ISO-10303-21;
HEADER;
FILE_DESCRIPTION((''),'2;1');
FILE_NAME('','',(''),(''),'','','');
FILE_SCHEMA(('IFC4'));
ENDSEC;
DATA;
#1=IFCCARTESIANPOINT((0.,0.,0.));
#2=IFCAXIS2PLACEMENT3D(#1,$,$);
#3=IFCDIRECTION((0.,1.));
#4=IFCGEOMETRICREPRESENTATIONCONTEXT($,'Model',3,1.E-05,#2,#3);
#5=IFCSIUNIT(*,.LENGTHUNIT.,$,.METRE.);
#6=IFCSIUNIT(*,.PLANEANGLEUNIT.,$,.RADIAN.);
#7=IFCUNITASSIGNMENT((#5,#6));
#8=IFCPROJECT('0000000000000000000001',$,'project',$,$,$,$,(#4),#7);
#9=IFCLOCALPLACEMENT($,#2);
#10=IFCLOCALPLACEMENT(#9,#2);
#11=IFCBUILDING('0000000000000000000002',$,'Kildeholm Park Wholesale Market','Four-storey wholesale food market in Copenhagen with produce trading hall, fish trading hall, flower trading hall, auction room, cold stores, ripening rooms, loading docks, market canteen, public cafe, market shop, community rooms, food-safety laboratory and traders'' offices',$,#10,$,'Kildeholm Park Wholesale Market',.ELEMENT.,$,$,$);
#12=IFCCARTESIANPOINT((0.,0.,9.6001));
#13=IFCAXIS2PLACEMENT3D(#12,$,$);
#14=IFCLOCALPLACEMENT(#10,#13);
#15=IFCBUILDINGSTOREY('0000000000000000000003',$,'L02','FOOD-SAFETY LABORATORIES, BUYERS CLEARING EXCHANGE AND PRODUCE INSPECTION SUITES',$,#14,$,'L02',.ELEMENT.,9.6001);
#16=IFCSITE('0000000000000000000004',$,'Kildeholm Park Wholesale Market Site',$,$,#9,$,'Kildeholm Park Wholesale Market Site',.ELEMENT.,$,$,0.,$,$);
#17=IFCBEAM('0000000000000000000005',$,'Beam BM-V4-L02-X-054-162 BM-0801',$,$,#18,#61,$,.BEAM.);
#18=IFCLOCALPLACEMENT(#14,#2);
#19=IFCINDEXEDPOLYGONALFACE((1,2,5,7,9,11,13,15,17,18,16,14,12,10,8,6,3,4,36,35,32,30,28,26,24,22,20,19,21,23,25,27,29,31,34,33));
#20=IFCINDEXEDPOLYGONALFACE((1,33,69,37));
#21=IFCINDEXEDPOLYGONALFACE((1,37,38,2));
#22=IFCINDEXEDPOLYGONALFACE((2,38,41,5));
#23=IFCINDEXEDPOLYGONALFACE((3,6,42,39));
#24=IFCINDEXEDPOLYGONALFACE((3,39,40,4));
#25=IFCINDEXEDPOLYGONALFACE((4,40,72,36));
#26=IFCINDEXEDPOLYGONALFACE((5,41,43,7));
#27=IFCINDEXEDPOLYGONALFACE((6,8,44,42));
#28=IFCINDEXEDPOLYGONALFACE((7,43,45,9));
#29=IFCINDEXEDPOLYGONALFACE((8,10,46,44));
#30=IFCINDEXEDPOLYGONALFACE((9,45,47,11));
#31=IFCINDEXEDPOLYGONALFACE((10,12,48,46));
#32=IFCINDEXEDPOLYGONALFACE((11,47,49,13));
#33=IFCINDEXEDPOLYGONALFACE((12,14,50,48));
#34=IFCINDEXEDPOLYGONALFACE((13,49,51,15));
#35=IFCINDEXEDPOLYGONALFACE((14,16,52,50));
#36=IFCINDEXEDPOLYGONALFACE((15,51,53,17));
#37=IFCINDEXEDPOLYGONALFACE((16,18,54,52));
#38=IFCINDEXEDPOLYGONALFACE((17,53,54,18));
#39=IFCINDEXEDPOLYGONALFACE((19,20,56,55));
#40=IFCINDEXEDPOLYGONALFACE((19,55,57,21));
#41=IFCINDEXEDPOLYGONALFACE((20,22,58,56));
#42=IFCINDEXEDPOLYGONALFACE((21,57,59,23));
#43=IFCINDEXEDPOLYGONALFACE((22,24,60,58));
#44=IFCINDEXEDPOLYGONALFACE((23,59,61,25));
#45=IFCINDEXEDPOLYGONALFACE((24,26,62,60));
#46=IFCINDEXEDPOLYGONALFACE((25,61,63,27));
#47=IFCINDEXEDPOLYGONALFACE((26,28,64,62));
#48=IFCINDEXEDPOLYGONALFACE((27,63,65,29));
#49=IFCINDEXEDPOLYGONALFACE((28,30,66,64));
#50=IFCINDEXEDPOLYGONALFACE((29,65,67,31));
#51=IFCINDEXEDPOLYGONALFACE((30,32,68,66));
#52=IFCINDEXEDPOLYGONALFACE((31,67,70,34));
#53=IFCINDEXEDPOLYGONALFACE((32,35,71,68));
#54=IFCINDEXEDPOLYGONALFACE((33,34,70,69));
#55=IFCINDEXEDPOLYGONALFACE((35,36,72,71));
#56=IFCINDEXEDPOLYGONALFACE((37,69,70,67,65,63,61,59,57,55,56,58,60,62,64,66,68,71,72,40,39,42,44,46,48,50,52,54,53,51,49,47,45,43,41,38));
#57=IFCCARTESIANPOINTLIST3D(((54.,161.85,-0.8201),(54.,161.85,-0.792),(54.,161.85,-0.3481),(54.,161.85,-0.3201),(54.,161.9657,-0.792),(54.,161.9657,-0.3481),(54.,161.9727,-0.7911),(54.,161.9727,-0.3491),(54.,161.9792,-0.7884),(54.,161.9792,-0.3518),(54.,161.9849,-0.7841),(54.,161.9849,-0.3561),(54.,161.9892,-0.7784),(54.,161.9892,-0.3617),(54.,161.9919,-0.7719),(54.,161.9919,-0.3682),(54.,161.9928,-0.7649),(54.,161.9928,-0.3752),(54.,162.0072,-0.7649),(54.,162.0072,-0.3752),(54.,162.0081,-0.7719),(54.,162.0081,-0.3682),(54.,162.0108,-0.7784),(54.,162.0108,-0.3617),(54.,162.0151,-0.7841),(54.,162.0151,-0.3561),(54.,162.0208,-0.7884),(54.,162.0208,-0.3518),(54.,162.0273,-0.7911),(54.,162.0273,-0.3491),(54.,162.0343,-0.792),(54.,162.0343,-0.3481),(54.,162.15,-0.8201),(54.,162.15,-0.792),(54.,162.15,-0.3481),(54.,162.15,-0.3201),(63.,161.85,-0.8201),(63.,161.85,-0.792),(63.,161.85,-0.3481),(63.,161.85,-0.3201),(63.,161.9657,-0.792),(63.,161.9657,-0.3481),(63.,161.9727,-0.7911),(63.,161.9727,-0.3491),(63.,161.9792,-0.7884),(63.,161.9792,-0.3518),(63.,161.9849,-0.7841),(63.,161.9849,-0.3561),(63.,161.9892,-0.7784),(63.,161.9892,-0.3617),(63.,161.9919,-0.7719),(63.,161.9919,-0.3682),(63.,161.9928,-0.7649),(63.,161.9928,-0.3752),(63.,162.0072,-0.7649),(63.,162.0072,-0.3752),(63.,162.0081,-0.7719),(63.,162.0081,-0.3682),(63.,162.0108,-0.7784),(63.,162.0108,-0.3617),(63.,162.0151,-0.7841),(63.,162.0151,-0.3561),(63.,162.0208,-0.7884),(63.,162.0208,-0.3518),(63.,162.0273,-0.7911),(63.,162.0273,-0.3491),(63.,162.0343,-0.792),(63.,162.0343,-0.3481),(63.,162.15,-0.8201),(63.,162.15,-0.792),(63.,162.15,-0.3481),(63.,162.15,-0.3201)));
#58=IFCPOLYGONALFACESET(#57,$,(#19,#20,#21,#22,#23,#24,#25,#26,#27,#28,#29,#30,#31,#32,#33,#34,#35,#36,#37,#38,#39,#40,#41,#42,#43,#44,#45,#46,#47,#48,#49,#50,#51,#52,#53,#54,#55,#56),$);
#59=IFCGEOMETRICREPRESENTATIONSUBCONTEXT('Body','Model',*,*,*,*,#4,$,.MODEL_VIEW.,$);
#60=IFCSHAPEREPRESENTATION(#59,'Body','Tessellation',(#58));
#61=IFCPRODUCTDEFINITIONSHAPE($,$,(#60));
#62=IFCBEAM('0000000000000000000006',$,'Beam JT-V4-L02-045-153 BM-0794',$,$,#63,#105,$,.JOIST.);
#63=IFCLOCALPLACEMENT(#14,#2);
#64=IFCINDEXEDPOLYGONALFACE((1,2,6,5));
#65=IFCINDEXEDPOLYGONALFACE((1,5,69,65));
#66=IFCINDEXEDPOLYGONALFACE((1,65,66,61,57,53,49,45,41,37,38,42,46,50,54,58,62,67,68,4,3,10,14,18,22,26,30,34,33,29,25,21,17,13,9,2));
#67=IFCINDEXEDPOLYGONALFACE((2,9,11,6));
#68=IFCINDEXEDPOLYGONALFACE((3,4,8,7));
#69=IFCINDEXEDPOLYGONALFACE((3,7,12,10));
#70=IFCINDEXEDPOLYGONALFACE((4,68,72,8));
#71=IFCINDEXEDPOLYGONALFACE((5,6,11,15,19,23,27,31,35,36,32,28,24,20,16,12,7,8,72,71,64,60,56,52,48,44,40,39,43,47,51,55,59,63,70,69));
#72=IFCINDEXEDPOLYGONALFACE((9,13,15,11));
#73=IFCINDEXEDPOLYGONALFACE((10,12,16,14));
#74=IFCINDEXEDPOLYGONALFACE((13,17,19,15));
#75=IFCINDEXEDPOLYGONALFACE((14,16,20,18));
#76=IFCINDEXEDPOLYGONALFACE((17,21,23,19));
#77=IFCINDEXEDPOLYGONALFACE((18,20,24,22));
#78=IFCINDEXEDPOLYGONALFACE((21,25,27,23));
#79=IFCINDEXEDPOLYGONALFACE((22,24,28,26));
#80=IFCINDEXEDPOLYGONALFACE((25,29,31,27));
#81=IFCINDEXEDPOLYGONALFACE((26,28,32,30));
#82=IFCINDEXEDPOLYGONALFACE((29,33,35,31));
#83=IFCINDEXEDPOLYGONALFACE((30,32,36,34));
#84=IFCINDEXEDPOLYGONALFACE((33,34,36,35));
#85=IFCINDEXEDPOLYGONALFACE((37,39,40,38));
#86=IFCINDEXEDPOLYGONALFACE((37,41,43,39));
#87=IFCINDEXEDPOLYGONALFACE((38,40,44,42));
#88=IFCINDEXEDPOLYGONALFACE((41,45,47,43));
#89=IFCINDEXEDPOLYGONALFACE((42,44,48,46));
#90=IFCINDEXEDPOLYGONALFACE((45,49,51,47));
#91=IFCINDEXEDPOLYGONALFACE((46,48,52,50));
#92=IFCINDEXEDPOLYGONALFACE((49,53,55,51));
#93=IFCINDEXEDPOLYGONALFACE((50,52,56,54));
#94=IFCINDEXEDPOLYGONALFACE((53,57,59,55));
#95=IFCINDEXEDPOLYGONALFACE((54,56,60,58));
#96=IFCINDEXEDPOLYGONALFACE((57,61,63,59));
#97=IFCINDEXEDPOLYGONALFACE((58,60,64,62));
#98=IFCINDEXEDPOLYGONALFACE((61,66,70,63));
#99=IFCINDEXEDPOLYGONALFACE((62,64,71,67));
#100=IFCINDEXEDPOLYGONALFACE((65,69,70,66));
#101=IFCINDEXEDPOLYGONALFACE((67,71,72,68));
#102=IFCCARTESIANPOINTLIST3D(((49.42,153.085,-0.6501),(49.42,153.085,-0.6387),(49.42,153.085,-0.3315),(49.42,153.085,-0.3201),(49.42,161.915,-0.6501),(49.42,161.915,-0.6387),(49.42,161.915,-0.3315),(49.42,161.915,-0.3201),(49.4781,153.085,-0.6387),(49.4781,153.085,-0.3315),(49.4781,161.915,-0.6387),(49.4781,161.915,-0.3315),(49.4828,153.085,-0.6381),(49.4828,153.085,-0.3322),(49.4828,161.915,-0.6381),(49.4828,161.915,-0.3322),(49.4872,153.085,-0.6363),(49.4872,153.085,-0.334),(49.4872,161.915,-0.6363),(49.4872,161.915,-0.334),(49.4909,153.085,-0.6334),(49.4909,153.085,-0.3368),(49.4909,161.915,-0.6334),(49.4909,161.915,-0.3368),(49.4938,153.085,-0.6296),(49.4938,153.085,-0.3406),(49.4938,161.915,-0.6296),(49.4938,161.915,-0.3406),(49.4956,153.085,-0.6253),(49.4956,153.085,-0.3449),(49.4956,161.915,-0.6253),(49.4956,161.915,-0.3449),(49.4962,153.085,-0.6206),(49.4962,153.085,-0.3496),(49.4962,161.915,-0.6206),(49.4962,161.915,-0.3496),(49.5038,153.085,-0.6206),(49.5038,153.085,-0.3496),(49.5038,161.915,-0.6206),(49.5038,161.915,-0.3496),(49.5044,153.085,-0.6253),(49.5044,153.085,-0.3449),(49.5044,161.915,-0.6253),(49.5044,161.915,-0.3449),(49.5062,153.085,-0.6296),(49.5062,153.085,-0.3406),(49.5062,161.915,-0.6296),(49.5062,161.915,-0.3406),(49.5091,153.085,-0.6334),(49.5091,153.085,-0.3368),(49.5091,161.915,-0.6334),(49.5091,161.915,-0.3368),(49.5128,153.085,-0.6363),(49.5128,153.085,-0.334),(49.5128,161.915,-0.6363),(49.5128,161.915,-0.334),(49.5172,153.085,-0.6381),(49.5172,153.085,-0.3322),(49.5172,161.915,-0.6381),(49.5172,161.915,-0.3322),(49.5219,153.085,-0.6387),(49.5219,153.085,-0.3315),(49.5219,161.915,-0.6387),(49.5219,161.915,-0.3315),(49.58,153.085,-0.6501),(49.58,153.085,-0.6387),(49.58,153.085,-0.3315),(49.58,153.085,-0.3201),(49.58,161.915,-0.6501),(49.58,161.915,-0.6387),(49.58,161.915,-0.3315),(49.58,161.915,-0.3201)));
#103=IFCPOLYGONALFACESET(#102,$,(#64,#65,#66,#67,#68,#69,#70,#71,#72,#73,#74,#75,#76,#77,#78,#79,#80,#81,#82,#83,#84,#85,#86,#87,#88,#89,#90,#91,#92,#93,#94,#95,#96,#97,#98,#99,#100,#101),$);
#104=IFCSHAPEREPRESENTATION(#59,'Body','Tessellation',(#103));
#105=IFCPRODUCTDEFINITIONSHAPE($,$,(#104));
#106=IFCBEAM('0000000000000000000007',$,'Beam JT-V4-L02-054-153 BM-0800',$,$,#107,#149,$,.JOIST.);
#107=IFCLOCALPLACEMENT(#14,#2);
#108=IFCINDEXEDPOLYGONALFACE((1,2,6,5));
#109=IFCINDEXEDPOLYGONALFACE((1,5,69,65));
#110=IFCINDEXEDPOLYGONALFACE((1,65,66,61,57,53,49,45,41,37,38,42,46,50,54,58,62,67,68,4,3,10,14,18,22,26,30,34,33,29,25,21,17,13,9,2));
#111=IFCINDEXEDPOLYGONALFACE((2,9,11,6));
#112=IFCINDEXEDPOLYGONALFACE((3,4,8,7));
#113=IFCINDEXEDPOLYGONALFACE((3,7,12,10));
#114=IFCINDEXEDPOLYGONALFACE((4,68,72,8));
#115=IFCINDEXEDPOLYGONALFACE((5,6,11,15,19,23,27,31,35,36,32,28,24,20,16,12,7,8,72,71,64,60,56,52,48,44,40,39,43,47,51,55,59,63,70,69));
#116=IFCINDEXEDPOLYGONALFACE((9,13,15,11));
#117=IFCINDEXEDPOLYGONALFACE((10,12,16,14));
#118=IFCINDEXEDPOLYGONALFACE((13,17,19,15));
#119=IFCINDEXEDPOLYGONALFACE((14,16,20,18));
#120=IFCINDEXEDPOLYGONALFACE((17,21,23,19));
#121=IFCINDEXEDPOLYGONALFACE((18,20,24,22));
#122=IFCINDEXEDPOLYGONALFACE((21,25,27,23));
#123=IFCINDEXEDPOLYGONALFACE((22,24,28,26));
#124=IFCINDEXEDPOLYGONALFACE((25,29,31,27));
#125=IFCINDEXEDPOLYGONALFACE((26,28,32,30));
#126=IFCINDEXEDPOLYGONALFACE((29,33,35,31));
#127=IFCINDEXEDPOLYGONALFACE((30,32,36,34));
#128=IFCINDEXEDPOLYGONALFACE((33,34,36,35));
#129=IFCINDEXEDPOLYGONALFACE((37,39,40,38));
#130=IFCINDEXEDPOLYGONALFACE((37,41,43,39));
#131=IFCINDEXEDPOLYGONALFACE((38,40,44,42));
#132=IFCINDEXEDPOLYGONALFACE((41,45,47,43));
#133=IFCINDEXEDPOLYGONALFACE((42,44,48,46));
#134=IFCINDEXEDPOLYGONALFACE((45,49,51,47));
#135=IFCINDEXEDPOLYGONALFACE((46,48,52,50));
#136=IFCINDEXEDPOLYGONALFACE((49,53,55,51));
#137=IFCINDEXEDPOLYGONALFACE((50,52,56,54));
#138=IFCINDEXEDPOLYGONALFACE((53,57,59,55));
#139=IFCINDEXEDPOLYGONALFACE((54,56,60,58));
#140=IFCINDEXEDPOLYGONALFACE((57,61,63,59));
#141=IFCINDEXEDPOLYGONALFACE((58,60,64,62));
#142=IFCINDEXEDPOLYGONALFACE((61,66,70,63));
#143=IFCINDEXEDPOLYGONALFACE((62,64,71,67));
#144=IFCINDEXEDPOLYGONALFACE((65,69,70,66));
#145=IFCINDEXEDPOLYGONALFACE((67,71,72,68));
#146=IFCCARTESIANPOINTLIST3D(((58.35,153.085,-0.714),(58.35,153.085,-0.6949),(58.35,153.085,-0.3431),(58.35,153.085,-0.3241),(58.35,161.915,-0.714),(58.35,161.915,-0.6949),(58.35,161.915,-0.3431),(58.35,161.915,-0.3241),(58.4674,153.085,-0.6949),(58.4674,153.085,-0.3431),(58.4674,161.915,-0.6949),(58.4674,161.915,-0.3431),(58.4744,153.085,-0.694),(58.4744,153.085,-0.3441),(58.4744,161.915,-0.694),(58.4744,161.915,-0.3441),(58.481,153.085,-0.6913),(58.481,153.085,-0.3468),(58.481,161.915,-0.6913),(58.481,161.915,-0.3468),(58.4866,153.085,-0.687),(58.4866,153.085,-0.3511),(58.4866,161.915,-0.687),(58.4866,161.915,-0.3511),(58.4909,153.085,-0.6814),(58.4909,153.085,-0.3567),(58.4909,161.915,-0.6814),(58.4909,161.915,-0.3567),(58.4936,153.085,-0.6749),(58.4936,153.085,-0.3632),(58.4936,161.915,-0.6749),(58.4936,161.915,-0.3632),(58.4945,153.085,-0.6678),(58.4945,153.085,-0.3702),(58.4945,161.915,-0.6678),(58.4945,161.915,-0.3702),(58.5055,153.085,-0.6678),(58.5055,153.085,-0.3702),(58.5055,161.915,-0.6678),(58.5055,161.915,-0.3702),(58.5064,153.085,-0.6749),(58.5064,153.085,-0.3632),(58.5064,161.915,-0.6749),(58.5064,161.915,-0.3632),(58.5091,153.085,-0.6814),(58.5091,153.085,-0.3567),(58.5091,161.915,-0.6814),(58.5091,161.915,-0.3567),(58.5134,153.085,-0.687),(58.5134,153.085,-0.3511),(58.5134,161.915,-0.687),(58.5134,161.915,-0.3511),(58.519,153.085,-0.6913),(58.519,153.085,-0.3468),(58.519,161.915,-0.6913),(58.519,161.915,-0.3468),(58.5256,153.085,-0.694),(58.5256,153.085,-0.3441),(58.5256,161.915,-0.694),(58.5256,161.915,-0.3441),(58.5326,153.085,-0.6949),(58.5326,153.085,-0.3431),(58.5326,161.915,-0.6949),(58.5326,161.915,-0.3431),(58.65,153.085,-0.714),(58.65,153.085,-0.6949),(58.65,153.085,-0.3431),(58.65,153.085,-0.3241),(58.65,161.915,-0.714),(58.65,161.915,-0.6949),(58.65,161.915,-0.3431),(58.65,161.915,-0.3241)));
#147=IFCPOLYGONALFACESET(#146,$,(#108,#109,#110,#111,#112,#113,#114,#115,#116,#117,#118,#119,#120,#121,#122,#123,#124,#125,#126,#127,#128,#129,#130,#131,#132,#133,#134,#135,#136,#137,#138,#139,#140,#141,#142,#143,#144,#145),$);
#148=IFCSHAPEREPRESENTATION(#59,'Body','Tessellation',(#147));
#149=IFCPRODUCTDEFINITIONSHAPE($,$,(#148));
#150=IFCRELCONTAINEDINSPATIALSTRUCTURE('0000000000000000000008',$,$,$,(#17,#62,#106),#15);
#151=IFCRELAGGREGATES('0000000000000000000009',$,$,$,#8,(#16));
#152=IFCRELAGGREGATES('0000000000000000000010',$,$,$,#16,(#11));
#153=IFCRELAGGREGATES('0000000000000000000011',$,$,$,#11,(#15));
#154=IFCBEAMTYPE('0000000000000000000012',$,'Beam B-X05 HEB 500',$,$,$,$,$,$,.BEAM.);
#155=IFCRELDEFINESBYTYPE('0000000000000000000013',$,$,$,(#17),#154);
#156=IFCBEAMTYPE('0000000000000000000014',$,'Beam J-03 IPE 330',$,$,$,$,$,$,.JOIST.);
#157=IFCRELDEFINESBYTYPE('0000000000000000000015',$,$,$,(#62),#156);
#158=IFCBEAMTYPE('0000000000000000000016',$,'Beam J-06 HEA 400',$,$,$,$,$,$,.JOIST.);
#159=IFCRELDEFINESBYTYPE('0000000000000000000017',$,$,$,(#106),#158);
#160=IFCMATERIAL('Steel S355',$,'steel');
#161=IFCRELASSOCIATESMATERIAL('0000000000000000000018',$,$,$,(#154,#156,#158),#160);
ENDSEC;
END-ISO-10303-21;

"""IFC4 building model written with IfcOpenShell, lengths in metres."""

from ifc_helpers import new_model, si_unit, direction, frame, origin, origin_2d, place, context, subcontext, project, spatial, i_section, extrude, material, material_profile, profile_set, type_object, element, save


model = new_model("IFC4")

# Units and contexts
model_context = context("Model", 3, precision=1e-05, world=origin(), true_north=direction((0.0, 1.0)))
body_context = subcontext(model_context, "Body", "Model", "MODEL_VIEW")
ifc_project = project(units=[si_unit("LENGTHUNIT", "METRE"), si_unit("PLANEANGLEUNIT", "RADIAN")], contexts=[model_context])

# Site, building, storey
site_placement = place(None, origin())
site = spatial("IfcSite", under=ifc_project, at=site_placement, Name="Kildeholm Park Wholesale Market Site", LongName="Kildeholm Park Wholesale Market Site", CompositionType="ELEMENT", RefElevation=0.0)
building_placement = place(site_placement, origin())
building = spatial("IfcBuilding", under=site, at=building_placement, Name="Kildeholm Park Wholesale Market", Description="Four-storey wholesale food market in Copenhagen with produce trading hall, fish trading hall, flower trading hall, auction room, cold stores, ripening rooms, loading docks, market canteen, public cafe, market shop, community rooms, food-safety laboratory and traders' offices", LongName="Kildeholm Park Wholesale Market", CompositionType="ELEMENT")
storey_placement = place(building_placement, frame((0.0, 0.0, 9.6001)))
storey = spatial("IfcBuildingStorey", under=building, at=storey_placement, Name="L02", Description="FOOD-SAFETY LABORATORIES, BUYERS CLEARING EXCHANGE AND PRODUCE INSPECTION SUITES", LongName="L02", CompositionType="ELEMENT", Elevation=9.6001)

# Beams
ifc_material_1 = material(Name="Steel S355", Category="steel")
ifc_material_profile_1 = material_profile(ifc_material_1, i_section(OverallWidth=0.3, OverallDepth=0.5, WebThickness=0.0144, FlangeThickness=0.0281, FilletRadius=0.0271, at=origin_2d()), Name="HEB 500")
ifc_profile_set_1 = profile_set([ifc_material_profile_1], Name="Steel S355")
beam_type_1 = type_object("IfcBeamType", Name="Beam B-X05 HEB 500", PredefinedType="BEAM", material=ifc_profile_set_1)
beam_1_placement = place(storey_placement, frame((54.0, 162.0, -0.5701), z_axis=(1.0, 0.0, 0.0), x_axis=(0.0, 1.0, 0.0)))
element("IfcBeam", 1, at=beam_1_placement, inside=storey, type_object=beam_type_1, Name="Beam BM-V4-L02-X-054-162 BM-0801", PredefinedType="BEAM", context=body_context, shape_type="SweptSolid", body=[
    extrude(i_section(OverallWidth=0.3, OverallDepth=0.5, WebThickness=0.0144, FlangeThickness=0.0281, FilletRadius=0.0271, at=origin_2d()), origin(), (0.0, 0.0, 1.0), 9.0),
])
ifc_material_profile_2 = material_profile(ifc_material_1, i_section(OverallWidth=0.1599, OverallDepth=0.3301, WebThickness=0.0076, FlangeThickness=0.0115, FilletRadius=0.0181, at=origin_2d()), Name="IPE 330")
ifc_profile_set_2 = profile_set([ifc_material_profile_2], Name="Steel S355")
beam_type_2 = type_object("IfcBeamType", Name="Beam J-03 IPE 330", PredefinedType="JOIST", material=ifc_profile_set_2)
beam_2_placement = place(storey_placement, frame((49.5, 153.085, -0.4851), z_axis=(0.0, 1.0, 0.0), x_axis=(-1.0, 0.0, 0.0)))
element("IfcBeam", 2, at=beam_2_placement, inside=storey, type_object=beam_type_2, Name="Beam JT-V4-L02-045-153 BM-0794", PredefinedType="JOIST", context=body_context, shape_type="SweptSolid", body=[
    extrude(i_section(OverallWidth=0.1599, OverallDepth=0.3301, WebThickness=0.0076, FlangeThickness=0.0115, FilletRadius=0.0181, at=origin_2d()), origin(), (0.0, 0.0, 1.0), 8.8301),
])
ifc_material_profile_3 = material_profile(ifc_material_1, i_section(OverallWidth=0.3, OverallDepth=0.3899, WebThickness=0.011, FlangeThickness=0.019, FilletRadius=0.0271, at=origin_2d()), Name="HEA 400")
ifc_profile_set_3 = profile_set([ifc_material_profile_3], Name="Steel S355")
beam_type_3 = type_object("IfcBeamType", Name="Beam J-06 HEA 400", PredefinedType="JOIST", material=ifc_profile_set_3)
beam_3_placement = place(storey_placement, frame((58.5, 153.085, -0.519), z_axis=(0.0, 1.0, 0.0), x_axis=(-1.0, 0.0, 0.0)))
element("IfcBeam", 3, at=beam_3_placement, inside=storey, type_object=beam_type_3, Name="Beam JT-V4-L02-054-153 BM-0800", PredefinedType="JOIST", context=body_context, shape_type="SweptSolid", body=[
    extrude(i_section(OverallWidth=0.3, OverallDepth=0.3899, WebThickness=0.011, FlangeThickness=0.019, FilletRadius=0.0271, at=origin_2d()), origin(), (0.0, 0.0, 1.0), 8.8301),
])

save(model, "model.ifc")
